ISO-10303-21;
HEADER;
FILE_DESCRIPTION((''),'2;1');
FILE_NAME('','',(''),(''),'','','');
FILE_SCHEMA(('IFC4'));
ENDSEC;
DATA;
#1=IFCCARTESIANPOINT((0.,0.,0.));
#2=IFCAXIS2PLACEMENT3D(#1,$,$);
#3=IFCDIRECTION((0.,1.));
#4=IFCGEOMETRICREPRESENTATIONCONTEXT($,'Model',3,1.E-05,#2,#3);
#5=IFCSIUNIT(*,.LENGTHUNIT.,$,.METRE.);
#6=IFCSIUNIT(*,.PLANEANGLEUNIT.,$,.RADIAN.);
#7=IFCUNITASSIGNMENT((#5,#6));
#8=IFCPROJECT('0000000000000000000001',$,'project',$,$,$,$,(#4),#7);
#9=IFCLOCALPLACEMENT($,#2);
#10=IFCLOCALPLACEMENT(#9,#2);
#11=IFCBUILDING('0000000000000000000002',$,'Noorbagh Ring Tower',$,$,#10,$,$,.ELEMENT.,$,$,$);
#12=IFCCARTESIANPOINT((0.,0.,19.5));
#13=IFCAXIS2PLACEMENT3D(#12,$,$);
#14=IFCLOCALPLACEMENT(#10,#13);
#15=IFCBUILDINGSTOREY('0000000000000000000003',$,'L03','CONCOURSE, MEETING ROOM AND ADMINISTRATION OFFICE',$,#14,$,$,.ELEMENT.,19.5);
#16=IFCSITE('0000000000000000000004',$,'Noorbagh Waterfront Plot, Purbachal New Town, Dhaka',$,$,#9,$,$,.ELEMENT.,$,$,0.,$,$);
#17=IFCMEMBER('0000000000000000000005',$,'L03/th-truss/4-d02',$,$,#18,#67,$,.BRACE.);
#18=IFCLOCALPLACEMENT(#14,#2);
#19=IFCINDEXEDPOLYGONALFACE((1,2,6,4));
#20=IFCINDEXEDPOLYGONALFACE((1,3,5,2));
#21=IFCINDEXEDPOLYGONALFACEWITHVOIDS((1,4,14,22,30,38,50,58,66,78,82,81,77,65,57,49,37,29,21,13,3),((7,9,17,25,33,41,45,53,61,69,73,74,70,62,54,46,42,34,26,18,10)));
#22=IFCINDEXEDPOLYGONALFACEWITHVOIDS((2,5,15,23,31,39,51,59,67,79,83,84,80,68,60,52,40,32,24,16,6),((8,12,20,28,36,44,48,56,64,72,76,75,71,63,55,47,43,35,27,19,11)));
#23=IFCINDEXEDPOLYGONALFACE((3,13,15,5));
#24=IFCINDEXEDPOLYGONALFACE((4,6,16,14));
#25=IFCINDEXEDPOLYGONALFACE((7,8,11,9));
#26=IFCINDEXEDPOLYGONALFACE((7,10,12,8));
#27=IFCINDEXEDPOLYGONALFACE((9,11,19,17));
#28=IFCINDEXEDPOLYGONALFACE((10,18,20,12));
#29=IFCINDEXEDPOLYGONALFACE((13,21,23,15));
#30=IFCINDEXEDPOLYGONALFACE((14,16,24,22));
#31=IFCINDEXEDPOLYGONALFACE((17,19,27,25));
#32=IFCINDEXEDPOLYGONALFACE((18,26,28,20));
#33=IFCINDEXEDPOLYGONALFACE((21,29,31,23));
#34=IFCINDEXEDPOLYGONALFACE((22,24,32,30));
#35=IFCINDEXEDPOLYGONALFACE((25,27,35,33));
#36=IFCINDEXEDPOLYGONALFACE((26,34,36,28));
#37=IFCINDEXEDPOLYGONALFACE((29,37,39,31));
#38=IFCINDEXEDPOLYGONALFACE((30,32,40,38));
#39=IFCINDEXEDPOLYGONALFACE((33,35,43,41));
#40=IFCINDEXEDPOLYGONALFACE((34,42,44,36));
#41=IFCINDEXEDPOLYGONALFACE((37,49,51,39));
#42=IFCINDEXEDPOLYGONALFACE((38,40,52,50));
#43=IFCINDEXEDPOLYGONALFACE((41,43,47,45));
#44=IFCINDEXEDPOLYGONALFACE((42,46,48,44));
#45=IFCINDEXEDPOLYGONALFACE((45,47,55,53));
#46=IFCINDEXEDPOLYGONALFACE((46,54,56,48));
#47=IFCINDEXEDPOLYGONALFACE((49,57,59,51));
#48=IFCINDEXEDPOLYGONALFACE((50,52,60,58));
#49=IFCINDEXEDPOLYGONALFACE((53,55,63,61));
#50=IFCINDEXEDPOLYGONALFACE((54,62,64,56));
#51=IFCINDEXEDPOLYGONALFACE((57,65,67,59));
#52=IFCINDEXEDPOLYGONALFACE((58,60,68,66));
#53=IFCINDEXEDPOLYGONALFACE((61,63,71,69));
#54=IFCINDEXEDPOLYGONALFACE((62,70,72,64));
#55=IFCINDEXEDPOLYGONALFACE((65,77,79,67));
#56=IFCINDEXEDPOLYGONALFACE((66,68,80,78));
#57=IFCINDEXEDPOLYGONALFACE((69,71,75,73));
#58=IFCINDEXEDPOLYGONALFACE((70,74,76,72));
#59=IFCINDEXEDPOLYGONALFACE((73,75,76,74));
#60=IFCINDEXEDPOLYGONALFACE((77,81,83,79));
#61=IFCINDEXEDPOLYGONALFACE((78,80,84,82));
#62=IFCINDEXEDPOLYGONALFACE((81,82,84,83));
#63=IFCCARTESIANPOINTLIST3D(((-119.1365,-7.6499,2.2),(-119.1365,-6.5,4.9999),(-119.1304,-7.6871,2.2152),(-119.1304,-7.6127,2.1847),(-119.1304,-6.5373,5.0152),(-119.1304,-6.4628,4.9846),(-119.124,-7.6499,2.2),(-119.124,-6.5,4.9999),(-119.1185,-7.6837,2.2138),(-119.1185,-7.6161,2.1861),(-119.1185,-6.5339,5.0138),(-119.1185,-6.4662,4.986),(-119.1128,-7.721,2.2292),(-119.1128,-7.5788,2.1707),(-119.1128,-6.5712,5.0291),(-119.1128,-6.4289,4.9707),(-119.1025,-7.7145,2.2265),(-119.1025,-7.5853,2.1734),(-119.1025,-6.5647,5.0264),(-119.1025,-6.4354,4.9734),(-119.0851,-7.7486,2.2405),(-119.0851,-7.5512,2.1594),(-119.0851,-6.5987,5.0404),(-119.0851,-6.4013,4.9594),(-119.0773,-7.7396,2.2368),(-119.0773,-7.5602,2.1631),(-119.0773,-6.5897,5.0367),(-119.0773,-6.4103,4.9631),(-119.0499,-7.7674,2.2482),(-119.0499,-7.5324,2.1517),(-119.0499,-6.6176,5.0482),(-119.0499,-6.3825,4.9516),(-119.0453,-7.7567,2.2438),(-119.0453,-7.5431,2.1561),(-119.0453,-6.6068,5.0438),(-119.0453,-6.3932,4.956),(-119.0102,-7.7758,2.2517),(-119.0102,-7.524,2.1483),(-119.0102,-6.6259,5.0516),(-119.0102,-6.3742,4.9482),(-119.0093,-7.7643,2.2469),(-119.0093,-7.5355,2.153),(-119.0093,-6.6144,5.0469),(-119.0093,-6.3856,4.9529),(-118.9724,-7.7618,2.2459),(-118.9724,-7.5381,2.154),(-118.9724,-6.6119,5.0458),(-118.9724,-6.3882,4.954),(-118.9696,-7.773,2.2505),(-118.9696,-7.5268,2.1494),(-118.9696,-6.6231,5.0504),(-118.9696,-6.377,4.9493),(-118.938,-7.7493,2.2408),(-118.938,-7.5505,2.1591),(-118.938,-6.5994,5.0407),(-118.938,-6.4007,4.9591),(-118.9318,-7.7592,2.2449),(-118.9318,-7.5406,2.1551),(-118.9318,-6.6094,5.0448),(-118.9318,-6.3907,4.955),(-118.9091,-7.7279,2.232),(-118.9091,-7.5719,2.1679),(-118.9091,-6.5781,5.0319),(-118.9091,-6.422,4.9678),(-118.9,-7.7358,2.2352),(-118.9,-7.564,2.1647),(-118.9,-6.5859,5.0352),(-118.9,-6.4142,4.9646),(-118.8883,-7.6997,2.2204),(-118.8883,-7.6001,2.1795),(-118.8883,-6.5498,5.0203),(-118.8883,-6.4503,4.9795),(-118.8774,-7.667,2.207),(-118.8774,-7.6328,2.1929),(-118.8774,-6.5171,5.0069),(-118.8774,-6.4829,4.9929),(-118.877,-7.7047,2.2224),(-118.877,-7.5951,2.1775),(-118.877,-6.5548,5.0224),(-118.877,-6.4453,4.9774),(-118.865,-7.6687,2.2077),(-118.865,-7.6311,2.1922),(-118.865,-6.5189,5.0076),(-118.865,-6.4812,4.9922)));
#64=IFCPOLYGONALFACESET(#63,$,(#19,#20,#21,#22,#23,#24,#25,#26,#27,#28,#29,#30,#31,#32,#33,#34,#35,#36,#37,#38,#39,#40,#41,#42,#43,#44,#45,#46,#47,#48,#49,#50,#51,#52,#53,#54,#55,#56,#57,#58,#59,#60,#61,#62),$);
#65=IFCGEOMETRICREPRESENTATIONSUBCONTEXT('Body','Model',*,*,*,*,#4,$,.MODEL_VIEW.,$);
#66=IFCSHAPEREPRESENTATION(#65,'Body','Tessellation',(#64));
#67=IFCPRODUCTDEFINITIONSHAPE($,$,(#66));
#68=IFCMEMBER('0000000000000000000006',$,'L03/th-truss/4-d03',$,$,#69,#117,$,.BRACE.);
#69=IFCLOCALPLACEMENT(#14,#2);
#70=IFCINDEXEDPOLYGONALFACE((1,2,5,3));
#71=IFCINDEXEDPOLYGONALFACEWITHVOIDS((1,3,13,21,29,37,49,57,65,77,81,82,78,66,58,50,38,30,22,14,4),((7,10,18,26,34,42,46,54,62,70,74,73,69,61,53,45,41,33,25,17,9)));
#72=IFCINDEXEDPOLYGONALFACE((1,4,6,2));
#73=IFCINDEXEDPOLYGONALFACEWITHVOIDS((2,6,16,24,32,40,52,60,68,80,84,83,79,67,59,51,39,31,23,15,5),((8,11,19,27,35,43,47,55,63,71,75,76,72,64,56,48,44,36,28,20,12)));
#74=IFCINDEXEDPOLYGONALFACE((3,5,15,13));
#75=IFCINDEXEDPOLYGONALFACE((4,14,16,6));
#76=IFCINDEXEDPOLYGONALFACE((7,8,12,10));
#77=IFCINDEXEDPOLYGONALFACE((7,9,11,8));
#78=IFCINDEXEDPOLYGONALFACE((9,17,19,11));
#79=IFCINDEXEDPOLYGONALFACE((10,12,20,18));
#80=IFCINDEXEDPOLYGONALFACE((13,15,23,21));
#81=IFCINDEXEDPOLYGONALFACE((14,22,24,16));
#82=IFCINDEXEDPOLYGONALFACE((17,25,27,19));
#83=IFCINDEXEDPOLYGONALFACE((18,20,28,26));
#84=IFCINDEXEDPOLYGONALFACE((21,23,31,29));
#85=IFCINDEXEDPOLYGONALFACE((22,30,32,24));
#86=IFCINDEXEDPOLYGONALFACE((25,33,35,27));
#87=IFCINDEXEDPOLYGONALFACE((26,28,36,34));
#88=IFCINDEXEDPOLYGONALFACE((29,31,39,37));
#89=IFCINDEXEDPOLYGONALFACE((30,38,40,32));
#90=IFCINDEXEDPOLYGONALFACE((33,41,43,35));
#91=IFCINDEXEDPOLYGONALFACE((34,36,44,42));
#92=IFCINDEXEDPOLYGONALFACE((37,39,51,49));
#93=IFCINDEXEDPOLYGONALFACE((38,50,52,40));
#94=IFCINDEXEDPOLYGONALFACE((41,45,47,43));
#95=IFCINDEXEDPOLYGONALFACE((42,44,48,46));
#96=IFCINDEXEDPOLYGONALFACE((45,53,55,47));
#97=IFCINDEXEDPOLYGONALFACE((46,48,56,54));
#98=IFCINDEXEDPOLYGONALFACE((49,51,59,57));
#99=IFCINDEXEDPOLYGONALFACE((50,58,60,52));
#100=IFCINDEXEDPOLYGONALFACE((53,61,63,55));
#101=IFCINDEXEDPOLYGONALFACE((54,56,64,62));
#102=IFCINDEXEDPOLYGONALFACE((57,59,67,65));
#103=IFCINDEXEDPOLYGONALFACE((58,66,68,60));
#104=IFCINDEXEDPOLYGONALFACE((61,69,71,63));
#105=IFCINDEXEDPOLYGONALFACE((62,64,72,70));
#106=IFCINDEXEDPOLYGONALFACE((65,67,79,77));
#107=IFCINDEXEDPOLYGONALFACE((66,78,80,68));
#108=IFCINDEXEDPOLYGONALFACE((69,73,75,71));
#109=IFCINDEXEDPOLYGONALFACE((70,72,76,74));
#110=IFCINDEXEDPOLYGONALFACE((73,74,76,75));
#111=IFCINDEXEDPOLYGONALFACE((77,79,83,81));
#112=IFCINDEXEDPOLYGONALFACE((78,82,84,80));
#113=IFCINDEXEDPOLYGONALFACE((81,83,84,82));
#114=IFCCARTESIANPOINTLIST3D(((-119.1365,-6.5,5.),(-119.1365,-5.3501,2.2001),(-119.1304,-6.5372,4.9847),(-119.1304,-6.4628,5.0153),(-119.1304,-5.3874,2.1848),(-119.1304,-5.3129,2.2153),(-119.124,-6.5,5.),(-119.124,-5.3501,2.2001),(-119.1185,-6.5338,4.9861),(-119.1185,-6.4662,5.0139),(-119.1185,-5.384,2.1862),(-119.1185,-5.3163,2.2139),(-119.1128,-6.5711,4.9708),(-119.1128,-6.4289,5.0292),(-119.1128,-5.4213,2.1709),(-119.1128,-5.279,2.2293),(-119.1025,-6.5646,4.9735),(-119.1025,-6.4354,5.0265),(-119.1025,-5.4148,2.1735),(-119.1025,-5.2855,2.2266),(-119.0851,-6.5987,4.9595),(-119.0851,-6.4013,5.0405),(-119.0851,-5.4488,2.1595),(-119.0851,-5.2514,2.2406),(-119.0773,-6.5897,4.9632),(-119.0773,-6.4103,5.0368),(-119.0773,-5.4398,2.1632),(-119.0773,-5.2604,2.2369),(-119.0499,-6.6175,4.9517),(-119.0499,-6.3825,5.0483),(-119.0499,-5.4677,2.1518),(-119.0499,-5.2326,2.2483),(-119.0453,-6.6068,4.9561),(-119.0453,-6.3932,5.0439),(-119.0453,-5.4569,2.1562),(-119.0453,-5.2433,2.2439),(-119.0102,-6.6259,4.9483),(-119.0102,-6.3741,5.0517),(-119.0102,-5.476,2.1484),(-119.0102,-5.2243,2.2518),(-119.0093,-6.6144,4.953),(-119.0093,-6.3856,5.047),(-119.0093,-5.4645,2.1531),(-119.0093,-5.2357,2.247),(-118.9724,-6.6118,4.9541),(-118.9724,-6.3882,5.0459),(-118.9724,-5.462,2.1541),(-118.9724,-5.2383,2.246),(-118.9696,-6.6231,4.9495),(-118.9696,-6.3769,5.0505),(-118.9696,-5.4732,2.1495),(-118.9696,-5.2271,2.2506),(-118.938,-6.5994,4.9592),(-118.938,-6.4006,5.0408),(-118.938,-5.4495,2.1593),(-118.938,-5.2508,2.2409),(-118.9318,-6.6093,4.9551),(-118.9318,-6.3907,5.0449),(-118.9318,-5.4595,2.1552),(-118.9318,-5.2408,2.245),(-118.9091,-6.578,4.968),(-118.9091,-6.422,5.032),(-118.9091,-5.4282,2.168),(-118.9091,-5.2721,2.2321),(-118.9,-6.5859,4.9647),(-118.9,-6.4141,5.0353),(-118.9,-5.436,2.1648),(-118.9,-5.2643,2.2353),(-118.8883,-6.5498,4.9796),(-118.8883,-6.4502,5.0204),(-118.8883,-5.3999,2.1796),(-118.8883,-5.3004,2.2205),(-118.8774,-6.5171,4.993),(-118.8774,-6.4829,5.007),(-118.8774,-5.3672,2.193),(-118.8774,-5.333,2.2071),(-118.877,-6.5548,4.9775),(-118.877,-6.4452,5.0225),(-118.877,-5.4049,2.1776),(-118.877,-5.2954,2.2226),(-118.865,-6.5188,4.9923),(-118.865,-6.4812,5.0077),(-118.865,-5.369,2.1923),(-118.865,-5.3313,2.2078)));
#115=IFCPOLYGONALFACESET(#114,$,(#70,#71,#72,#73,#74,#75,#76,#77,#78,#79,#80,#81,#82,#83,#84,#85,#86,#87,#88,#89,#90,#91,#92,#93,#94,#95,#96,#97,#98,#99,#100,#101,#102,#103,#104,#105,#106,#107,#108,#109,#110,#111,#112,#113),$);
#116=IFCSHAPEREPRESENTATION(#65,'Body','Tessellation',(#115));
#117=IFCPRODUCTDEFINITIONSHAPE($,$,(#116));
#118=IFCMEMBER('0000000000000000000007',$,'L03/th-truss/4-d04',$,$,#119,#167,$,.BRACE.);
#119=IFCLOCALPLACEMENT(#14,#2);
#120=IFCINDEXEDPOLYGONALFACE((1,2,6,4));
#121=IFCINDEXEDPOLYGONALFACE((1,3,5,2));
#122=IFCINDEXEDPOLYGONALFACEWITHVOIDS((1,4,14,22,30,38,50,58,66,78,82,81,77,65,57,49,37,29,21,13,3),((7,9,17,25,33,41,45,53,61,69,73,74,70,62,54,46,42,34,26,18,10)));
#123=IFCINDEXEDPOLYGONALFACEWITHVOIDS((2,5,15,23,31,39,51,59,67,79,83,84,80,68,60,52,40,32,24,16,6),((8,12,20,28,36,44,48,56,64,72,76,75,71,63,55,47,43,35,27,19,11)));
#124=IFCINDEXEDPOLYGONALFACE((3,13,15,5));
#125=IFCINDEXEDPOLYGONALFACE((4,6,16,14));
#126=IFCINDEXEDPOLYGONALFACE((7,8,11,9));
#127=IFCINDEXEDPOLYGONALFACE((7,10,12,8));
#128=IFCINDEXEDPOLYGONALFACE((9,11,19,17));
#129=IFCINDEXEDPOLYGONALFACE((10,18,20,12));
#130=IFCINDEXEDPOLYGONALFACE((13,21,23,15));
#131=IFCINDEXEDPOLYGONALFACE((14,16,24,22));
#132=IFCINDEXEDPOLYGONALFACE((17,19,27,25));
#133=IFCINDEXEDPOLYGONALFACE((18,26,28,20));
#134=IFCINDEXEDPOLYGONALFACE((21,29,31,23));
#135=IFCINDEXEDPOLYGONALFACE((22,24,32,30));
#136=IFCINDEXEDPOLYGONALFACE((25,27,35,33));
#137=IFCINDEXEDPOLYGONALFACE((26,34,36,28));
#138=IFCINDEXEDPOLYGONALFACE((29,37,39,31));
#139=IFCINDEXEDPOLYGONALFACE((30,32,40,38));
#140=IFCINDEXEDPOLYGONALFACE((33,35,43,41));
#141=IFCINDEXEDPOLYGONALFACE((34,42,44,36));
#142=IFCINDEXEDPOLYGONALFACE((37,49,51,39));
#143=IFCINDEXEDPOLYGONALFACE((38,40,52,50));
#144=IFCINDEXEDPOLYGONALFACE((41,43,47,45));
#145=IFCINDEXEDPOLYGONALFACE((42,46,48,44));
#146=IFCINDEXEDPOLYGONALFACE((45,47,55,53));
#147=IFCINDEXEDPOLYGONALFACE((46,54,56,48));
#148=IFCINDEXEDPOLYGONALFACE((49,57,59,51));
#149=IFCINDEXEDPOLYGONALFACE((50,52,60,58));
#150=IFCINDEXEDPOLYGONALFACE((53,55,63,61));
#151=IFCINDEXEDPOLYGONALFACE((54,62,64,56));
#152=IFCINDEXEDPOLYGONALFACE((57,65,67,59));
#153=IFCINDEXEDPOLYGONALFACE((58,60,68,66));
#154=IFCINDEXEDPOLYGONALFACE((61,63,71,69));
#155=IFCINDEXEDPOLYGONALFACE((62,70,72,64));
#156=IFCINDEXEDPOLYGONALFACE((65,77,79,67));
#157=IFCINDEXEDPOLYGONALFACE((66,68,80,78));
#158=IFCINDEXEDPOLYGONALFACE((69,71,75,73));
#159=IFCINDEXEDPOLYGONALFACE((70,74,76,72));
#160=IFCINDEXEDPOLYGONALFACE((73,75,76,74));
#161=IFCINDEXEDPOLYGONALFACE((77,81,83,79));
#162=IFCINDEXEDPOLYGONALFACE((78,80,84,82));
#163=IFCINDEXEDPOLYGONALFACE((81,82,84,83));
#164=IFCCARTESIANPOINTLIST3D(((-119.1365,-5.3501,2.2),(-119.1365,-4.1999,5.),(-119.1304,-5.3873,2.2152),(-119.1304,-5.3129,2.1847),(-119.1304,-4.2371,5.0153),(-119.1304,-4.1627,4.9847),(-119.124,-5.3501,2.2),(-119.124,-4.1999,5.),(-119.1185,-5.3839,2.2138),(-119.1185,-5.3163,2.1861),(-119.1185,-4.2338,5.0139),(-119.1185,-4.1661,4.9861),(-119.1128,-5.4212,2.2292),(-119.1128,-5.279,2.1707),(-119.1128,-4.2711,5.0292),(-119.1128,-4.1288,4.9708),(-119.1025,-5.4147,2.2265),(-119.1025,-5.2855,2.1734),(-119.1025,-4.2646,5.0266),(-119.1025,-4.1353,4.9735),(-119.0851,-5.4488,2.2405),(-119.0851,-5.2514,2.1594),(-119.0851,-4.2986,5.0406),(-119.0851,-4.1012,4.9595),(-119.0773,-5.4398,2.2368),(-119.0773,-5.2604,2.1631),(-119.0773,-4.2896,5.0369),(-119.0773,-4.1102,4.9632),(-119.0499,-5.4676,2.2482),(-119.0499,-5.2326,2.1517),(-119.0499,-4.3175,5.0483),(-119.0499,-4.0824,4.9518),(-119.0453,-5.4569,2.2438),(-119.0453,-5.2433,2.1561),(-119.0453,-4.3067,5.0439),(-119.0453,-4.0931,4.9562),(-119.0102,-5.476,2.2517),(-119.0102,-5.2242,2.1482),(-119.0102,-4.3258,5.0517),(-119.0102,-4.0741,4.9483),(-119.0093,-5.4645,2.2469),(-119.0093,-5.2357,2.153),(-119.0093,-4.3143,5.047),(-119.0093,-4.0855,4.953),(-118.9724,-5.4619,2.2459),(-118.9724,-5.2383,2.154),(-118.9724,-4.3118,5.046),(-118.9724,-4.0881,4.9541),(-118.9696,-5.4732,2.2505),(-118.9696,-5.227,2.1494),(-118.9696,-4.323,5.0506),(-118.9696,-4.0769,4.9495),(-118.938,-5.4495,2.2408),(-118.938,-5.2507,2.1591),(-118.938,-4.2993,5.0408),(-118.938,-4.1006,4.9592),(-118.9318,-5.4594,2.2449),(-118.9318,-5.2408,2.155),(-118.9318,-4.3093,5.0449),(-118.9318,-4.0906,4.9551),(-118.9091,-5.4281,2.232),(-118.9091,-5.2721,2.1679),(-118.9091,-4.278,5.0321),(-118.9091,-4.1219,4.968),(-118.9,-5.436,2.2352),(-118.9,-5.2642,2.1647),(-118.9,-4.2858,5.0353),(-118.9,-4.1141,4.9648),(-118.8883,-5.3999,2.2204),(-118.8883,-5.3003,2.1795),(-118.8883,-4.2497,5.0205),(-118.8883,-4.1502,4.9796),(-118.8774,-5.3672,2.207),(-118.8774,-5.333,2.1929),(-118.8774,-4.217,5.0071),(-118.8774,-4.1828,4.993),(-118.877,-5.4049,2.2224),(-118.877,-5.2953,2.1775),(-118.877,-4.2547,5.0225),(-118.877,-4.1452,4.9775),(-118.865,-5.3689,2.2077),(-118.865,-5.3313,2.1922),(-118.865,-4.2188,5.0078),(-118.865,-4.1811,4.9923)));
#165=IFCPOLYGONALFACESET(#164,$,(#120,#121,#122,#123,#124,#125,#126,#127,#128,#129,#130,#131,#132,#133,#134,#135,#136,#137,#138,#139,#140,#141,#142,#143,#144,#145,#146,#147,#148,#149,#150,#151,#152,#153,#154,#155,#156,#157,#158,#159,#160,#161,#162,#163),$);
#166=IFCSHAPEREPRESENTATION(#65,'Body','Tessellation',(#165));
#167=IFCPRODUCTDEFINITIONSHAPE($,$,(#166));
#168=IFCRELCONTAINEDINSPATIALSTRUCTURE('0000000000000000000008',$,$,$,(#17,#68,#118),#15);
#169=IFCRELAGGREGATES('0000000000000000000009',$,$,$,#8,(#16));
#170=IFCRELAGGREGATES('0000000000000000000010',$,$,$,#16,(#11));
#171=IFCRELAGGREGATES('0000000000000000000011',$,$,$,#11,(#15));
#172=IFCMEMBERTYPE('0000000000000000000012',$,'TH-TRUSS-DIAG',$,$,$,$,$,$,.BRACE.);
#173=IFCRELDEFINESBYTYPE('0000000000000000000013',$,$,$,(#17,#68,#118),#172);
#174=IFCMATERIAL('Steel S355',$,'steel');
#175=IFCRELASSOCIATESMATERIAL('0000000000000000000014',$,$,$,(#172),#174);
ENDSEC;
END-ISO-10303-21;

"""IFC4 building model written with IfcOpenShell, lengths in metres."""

from ifc_helpers import new_model, si_unit, direction, frame, origin, origin_2d, place, context, subcontext, project, spatial, hollow_circle, extrude, material, material_profile, profile_set, type_object, element, save


model = new_model("IFC4")

# Units and contexts
model_context = context("Model", 3, precision=1e-05, world=origin(), true_north=direction((0.0, 1.0)))
body_context = subcontext(model_context, "Body", "Model", "MODEL_VIEW")
ifc_project = project(units=[si_unit("LENGTHUNIT", "METRE"), si_unit("PLANEANGLEUNIT", "RADIAN")], contexts=[model_context])

# Site, building, storey
site_placement = place(None, origin())
site = spatial("IfcSite", under=ifc_project, at=site_placement, Name="Noorbagh Waterfront Plot, Purbachal New Town, Dhaka", CompositionType="ELEMENT", RefElevation=0.0)
building_placement = place(site_placement, origin())
building = spatial("IfcBuilding", under=site, at=building_placement, Name="Noorbagh Ring Tower", CompositionType="ELEMENT")
storey_placement = place(building_placement, frame((0.0, 0.0, 19.5)))
storey = spatial("IfcBuildingStorey", under=building, at=storey_placement, Name="L03", Description="CONCOURSE, MEETING ROOM AND ADMINISTRATION OFFICE", CompositionType="ELEMENT", Elevation=19.5)

# Members
ifc_material_1 = material(Name="Steel S355", Category="steel")
ifc_material_profile_1 = material_profile(ifc_material_1, hollow_circle(Radius=0.1365, WallThickness=0.0125, at=origin_2d()), Name="CHS273x12.5")
ifc_profile_set_1 = profile_set([ifc_material_profile_1], Name="Steel S355")
member_type = type_object("IfcMemberType", Name="TH-TRUSS-DIAG", PredefinedType="BRACE", material=ifc_profile_set_1)
for number, where, z_axis, x_axis, name in (
    (1, (-119.0, -7.6499, 2.2), (0.0, 0.379886, 0.925033), (-1.0, 0.0, 0.0), "L03/th-truss/4-d02"),
    (2, (-119.0, -6.5, 5.0), (0.0, 0.379886, -0.925033), (-1.0, 0.0, 0.0), "L03/th-truss/4-d03"),
):
    element("IfcMember", number, at=place(storey_placement, frame(where, z_axis=z_axis, x_axis=x_axis)), inside=storey, type_object=member_type, Name=name, PredefinedType="BRACE", context=body_context, shape_type="SweptSolid", body=[
        extrude(hollow_circle(Radius=0.1365, WallThickness=0.0125, at=origin_2d()), origin(), (0.0, 0.0, 1.0), 3.0269),
    ])
member_1_placement = place(storey_placement, frame((-119.0, -5.3501, 2.2), z_axis=(0.0, 0.379955, 0.925005), x_axis=(-1.0, 0.0, 0.0)))
element("IfcMember", 3, at=member_1_placement, inside=storey, type_object=member_type, Name="L03/th-truss/4-d04", PredefinedType="BRACE", context=body_context, shape_type="SweptSolid", body=[
    extrude(hollow_circle(Radius=0.1365, WallThickness=0.0125, at=origin_2d()), origin(), (0.0, 0.0, 1.0), 3.0271),
])

save(model, "model.ifc")
